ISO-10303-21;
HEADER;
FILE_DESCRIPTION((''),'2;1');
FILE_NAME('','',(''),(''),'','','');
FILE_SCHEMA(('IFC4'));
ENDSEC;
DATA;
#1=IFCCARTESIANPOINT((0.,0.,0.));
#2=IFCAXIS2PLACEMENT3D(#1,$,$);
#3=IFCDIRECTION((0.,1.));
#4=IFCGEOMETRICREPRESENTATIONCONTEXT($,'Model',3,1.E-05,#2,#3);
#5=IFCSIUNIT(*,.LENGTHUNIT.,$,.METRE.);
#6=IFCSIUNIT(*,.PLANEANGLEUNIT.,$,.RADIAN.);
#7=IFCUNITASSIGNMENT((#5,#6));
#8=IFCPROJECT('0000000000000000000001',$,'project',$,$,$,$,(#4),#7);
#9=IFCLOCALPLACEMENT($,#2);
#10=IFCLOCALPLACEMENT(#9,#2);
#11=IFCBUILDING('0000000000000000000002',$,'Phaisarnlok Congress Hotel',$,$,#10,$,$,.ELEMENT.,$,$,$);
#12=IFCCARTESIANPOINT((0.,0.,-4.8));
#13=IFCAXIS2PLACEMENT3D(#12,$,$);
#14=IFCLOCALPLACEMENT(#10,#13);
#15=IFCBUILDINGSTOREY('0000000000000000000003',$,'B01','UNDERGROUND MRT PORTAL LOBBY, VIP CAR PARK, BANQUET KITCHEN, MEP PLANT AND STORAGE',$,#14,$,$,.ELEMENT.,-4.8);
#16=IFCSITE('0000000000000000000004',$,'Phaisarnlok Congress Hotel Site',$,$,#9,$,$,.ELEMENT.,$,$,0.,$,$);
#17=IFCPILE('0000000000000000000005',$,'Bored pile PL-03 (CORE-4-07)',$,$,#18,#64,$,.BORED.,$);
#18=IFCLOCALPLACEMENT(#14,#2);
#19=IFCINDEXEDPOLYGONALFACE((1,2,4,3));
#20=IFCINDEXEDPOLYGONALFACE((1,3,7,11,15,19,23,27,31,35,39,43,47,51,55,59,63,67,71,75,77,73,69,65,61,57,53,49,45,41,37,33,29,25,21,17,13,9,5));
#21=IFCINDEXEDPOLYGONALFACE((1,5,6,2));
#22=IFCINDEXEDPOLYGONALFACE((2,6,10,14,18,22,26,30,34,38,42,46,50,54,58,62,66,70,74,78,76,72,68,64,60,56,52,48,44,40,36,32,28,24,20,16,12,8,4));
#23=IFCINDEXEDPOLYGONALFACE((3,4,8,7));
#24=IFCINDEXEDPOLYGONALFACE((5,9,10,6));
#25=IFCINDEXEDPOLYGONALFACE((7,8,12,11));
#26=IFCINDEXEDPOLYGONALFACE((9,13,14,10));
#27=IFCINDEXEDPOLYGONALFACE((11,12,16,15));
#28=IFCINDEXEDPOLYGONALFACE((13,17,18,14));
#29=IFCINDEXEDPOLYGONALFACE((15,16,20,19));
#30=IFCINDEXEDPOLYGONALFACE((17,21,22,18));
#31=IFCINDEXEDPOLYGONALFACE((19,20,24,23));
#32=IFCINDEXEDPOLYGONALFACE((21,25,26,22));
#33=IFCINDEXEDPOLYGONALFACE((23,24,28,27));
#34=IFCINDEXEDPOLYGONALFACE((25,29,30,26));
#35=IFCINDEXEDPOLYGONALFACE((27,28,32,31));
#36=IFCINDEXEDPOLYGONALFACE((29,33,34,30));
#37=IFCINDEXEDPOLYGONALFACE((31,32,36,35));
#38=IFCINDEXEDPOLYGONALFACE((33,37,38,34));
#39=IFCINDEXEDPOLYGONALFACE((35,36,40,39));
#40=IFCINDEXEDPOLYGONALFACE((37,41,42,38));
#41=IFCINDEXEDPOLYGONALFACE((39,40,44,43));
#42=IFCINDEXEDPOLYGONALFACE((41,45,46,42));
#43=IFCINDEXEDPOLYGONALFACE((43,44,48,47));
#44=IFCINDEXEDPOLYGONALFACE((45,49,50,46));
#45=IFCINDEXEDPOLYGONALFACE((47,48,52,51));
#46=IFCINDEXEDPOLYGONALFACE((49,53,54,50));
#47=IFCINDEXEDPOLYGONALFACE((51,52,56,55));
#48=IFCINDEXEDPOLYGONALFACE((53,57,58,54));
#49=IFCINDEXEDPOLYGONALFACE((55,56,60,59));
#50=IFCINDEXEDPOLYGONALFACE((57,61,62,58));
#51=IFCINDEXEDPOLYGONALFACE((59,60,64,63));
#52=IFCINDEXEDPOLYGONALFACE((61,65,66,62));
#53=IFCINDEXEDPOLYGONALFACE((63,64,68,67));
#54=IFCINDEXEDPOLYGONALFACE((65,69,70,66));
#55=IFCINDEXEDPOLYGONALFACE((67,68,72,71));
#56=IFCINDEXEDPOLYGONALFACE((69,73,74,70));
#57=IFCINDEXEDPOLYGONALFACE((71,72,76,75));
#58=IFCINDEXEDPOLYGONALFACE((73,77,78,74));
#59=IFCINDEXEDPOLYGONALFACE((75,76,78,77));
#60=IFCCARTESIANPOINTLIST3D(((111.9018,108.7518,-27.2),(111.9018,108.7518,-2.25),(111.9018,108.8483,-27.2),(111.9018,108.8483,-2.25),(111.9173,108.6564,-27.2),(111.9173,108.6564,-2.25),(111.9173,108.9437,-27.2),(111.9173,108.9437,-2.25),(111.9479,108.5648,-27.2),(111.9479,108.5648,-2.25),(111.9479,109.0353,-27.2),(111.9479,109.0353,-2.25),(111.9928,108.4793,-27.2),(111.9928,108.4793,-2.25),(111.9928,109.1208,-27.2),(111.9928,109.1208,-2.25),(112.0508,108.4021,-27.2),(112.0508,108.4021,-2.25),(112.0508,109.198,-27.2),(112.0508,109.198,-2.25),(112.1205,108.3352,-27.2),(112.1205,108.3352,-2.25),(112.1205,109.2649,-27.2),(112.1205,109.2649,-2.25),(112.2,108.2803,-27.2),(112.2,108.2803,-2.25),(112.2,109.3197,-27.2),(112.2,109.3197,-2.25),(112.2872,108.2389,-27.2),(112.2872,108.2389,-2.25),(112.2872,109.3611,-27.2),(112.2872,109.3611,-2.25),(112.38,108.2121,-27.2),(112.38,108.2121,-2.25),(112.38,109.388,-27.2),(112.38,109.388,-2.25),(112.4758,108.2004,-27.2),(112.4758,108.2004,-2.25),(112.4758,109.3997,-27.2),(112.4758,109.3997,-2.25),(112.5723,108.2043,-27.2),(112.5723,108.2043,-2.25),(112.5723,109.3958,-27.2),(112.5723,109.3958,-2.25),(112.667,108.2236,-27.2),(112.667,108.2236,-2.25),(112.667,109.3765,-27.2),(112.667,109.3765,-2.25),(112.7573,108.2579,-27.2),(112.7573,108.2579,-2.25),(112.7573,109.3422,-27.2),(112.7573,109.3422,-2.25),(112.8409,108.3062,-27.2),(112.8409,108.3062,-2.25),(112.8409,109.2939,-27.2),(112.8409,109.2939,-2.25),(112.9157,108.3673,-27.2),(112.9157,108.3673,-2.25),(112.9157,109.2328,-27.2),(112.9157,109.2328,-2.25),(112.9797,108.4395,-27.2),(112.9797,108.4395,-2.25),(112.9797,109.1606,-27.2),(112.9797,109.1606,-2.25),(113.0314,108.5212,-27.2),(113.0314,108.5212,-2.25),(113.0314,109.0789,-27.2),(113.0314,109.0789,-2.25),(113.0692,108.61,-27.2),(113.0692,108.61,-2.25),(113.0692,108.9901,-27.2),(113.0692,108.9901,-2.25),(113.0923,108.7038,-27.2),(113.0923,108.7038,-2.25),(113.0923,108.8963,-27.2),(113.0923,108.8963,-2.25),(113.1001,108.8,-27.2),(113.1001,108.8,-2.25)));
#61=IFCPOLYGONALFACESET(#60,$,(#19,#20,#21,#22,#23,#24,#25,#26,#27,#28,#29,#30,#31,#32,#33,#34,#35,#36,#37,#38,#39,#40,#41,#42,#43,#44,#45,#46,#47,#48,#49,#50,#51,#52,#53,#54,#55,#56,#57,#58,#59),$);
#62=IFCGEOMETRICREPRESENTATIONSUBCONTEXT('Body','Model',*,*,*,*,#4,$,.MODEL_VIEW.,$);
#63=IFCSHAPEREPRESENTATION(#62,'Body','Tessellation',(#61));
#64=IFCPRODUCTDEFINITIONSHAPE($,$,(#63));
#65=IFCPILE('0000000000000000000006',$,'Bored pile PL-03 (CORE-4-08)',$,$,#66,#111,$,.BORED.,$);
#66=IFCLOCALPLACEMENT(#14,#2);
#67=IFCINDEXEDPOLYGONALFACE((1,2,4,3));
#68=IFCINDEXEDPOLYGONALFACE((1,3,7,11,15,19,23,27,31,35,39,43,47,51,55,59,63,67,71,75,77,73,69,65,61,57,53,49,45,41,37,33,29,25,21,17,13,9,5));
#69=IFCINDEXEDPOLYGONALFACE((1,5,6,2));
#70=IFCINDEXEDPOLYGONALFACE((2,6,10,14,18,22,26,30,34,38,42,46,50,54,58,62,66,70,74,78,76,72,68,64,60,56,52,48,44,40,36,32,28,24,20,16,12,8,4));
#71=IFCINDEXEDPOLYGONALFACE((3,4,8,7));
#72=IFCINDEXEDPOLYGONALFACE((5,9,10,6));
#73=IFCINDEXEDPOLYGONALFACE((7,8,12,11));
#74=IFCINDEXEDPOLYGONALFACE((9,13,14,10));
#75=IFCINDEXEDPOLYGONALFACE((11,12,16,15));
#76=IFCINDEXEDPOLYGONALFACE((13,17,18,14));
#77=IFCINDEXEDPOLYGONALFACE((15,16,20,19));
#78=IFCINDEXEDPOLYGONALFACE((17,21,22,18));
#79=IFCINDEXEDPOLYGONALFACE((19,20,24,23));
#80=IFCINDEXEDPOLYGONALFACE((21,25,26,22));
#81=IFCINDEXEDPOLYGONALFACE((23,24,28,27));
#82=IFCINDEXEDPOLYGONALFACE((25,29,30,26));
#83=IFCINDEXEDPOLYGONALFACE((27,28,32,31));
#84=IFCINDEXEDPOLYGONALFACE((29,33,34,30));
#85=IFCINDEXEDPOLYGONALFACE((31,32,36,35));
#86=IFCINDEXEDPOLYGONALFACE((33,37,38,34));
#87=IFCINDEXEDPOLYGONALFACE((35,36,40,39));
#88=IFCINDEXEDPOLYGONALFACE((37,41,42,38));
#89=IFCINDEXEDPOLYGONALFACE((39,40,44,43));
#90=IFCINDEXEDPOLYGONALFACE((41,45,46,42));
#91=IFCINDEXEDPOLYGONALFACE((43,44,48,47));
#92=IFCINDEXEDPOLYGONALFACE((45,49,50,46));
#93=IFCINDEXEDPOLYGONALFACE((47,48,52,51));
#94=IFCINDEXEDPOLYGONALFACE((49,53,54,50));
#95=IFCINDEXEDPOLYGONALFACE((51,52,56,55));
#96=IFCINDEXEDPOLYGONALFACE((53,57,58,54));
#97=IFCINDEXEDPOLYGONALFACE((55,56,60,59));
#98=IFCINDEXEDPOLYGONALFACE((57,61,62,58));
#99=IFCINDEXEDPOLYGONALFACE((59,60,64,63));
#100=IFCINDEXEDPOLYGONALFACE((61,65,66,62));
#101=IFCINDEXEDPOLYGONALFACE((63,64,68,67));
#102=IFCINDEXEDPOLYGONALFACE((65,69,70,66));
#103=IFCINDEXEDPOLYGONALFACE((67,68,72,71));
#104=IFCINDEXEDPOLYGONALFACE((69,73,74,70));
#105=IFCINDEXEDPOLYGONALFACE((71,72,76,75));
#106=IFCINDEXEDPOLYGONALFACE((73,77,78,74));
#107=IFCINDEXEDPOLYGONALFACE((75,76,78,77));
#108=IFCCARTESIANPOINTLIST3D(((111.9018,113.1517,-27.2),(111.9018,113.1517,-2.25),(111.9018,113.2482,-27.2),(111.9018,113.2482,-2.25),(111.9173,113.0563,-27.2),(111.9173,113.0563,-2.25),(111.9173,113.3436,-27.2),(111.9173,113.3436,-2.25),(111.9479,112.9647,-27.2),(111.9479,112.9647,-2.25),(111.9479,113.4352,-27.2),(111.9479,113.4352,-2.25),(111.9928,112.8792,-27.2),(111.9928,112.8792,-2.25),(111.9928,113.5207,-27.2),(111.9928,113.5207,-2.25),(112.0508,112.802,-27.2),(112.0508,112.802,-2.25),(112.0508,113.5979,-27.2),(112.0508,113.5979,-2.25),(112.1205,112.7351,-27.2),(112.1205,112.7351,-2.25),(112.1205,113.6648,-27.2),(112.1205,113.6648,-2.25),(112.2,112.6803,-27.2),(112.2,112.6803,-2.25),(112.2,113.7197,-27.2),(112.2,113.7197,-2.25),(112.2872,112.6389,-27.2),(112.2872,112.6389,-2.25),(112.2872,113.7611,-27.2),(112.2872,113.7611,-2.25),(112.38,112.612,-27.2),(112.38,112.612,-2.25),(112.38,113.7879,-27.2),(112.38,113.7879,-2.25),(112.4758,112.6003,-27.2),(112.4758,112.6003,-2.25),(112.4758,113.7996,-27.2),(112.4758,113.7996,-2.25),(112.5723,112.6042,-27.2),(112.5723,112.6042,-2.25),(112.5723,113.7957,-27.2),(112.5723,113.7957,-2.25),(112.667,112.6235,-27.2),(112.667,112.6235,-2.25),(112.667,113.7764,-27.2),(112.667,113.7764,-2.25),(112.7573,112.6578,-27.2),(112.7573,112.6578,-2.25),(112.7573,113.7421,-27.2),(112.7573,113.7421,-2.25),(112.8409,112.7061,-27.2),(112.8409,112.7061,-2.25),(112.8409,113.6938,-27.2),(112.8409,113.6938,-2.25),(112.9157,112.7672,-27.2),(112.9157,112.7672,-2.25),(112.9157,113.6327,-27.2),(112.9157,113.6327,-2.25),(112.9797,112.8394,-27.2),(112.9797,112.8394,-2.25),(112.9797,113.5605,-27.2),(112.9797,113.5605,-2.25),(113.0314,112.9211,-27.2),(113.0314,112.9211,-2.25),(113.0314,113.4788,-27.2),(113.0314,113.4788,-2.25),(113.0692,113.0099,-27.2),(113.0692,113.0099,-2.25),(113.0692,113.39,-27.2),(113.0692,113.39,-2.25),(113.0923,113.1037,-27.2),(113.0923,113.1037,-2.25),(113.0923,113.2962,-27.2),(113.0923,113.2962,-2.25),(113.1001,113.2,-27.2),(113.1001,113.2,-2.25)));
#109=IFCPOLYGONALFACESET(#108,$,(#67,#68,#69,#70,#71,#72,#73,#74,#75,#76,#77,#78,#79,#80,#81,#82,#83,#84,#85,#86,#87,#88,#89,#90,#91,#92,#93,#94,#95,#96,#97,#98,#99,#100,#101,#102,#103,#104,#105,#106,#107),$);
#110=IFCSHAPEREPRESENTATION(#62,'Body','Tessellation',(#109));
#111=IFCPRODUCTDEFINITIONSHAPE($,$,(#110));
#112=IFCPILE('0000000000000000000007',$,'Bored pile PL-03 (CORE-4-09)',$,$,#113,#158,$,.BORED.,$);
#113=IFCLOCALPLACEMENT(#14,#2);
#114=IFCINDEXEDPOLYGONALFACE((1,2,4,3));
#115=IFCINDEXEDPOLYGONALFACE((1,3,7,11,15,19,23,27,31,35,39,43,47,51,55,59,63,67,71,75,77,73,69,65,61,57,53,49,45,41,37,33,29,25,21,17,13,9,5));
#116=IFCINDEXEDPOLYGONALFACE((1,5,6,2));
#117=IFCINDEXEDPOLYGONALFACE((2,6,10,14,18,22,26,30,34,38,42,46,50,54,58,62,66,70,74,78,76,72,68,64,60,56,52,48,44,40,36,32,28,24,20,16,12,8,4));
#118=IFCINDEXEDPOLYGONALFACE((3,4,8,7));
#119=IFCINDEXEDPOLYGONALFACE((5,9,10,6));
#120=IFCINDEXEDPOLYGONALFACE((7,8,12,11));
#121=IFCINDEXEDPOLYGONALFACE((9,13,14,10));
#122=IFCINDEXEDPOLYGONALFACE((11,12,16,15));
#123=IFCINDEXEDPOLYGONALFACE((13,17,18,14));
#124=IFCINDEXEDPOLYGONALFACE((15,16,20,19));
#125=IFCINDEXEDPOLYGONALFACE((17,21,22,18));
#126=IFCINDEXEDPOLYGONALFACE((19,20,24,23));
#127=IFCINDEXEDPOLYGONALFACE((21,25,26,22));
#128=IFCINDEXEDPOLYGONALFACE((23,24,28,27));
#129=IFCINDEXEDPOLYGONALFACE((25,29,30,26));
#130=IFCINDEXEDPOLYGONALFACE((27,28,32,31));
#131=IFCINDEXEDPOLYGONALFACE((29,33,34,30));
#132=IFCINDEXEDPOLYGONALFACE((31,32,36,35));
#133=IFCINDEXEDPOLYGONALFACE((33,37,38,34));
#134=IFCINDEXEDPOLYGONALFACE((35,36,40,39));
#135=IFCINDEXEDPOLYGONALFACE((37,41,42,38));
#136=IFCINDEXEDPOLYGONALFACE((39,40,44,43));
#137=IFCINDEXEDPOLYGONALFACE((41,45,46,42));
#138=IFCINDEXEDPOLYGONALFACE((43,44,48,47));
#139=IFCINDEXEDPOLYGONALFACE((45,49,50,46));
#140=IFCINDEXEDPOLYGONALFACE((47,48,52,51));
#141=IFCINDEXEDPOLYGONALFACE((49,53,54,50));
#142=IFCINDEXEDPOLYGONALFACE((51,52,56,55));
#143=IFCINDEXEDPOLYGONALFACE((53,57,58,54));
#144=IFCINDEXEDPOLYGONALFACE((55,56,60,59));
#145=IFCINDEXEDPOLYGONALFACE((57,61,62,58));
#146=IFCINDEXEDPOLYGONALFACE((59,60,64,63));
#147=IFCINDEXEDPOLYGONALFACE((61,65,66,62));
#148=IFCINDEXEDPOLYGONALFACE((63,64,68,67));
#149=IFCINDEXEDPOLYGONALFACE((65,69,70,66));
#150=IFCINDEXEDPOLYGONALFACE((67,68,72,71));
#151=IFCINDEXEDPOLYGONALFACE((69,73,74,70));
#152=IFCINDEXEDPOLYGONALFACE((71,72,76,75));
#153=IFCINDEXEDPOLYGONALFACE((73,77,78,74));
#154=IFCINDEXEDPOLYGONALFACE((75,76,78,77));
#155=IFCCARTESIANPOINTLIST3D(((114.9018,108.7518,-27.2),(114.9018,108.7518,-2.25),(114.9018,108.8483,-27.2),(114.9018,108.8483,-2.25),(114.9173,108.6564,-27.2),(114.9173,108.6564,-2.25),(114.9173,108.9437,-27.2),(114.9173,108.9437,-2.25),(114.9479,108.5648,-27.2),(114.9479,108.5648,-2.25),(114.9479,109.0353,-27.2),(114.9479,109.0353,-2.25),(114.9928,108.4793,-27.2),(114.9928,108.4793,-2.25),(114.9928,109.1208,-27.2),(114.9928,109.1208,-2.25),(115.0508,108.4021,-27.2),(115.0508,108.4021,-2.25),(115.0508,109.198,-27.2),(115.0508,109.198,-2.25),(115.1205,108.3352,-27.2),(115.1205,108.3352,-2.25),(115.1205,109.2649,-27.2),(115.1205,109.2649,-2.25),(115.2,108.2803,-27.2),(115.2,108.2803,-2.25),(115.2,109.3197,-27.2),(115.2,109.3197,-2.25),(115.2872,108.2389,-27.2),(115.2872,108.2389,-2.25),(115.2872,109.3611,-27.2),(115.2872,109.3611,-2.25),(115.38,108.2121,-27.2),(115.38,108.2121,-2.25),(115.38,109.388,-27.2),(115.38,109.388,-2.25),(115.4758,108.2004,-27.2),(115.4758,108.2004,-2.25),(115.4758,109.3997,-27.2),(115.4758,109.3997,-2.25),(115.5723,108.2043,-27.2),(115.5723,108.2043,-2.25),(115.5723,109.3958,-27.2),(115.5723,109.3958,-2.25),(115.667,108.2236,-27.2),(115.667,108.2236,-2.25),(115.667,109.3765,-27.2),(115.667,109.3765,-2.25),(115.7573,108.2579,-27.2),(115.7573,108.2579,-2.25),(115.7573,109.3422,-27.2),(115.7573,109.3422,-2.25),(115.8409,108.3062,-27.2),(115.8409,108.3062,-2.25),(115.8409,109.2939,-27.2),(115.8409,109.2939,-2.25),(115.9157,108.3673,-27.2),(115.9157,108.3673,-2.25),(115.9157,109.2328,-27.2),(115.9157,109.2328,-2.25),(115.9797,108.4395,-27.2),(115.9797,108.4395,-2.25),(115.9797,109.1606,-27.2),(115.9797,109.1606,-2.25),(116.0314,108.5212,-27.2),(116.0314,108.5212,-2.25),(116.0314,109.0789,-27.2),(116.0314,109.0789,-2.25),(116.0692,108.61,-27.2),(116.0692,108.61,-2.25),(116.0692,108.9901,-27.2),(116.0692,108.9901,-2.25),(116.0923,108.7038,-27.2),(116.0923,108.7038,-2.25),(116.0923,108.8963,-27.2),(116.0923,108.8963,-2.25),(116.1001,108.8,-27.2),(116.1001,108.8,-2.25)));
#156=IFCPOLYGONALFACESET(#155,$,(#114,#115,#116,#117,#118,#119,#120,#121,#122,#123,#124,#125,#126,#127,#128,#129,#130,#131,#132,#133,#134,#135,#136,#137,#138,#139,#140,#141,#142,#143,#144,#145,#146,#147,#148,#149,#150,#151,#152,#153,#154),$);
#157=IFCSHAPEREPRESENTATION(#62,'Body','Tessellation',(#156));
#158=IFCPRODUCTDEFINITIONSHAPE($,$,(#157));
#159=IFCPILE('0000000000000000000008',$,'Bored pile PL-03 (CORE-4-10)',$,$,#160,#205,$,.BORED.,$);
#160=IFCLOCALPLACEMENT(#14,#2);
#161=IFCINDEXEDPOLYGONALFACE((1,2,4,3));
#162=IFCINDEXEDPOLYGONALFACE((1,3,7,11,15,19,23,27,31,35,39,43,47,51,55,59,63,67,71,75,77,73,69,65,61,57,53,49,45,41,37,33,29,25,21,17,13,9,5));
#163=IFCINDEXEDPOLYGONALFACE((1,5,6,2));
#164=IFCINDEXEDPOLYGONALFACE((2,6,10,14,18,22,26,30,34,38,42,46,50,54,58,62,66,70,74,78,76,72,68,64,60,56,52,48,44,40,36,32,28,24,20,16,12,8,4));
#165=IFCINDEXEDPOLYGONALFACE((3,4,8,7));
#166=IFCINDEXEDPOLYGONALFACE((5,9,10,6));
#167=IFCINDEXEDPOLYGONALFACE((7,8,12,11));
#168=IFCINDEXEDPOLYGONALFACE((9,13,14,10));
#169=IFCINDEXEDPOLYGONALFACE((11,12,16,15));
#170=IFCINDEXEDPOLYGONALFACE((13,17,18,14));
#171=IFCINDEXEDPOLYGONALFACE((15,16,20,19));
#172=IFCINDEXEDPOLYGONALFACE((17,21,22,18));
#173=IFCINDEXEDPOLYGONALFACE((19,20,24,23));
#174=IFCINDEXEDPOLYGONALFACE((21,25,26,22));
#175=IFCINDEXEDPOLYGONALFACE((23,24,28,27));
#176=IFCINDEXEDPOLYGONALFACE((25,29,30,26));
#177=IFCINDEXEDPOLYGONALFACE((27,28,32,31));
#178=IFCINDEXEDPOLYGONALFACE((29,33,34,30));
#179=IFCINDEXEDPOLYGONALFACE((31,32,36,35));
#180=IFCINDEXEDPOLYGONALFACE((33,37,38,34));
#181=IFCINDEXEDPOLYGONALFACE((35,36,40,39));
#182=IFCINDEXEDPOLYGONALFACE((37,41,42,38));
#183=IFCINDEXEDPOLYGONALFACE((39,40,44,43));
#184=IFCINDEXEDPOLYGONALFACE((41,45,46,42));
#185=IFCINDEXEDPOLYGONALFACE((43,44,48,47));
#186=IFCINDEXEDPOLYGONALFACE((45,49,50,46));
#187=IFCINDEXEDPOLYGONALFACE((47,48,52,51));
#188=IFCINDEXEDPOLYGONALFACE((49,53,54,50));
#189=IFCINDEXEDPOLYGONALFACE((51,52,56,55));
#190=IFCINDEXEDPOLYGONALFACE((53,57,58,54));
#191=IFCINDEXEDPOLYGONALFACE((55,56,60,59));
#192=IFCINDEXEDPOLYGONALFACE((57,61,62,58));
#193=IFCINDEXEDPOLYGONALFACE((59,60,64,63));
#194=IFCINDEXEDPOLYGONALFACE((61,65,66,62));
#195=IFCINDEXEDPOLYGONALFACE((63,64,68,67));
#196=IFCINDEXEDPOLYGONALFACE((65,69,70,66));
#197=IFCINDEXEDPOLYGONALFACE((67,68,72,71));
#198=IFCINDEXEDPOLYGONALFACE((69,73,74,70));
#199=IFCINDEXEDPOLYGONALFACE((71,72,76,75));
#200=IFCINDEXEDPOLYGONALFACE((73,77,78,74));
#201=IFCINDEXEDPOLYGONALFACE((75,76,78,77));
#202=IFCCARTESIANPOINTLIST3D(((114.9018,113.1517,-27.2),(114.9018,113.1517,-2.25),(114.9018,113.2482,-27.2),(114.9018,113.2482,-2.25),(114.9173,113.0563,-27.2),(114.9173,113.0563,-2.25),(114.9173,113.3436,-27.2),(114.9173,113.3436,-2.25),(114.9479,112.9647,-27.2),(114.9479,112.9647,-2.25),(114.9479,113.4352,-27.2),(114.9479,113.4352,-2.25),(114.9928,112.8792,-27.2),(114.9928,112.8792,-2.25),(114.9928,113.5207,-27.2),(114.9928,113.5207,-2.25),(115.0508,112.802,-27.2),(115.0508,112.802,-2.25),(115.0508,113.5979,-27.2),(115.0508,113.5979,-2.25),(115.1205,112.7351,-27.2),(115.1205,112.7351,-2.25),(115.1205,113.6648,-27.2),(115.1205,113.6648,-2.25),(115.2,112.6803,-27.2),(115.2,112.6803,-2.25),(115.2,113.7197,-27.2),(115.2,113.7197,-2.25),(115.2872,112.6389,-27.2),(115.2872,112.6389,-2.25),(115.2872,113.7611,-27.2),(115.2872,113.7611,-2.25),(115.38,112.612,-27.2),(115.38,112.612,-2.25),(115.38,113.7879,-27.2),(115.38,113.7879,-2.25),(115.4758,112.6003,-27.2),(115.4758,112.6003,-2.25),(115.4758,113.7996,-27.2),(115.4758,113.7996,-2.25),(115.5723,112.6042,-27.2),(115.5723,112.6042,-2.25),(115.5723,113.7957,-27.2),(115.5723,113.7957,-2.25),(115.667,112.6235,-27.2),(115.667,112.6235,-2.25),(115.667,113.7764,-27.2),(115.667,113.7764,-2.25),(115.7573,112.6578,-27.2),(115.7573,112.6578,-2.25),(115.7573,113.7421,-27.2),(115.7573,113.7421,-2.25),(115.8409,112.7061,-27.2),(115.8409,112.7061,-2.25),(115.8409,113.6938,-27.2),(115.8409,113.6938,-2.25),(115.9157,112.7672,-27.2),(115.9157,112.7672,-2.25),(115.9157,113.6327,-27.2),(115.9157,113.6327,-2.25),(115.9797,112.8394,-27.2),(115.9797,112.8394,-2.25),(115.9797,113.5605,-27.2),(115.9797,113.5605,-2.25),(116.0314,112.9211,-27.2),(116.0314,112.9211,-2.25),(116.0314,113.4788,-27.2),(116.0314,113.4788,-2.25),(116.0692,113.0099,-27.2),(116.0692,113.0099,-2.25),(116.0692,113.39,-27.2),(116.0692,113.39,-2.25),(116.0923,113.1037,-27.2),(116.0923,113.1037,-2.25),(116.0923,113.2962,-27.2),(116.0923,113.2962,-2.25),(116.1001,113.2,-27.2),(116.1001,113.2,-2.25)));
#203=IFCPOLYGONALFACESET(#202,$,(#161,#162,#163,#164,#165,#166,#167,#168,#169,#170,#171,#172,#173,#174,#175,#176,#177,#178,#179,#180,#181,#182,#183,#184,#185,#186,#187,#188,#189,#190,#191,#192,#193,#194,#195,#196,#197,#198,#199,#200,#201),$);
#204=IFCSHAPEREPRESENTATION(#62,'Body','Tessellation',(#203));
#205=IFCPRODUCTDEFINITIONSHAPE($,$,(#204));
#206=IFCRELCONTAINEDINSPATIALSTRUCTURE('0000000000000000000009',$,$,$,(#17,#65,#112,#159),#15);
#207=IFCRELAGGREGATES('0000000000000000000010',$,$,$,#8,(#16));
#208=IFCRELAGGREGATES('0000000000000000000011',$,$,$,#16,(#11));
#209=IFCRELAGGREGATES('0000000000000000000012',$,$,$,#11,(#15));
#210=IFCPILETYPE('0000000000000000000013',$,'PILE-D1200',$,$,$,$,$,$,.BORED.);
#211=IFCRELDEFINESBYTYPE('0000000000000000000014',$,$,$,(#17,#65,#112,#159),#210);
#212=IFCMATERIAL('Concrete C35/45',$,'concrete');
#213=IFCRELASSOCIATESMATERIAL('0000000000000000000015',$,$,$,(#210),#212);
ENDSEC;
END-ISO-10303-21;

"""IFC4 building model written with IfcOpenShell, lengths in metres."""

from ifc_helpers import new_model, si_unit, direction, frame, origin, origin_2d, place, context, subcontext, project, spatial, circle, extrude, material, material_profile, profile_set, type_object, element, save


model = new_model("IFC4")

# Units and contexts
model_context = context("Model", 3, precision=1e-05, world=origin(), true_north=direction((0.0, 1.0)))
body_context = subcontext(model_context, "Body", "Model", "MODEL_VIEW")
ifc_project = project(units=[si_unit("LENGTHUNIT", "METRE"), si_unit("PLANEANGLEUNIT", "RADIAN")], contexts=[model_context])

# Site, building, storey
site_placement = place(None, origin())
site = spatial("IfcSite", under=ifc_project, at=site_placement, Name="Phaisarnlok Congress Hotel Site", CompositionType="ELEMENT", RefElevation=0.0)
building_placement = place(site_placement, origin())
building = spatial("IfcBuilding", under=site, at=building_placement, Name="Phaisarnlok Congress Hotel", CompositionType="ELEMENT")
storey_placement = place(building_placement, frame((0.0, 0.0, -4.8)))
storey = spatial("IfcBuildingStorey", under=building, at=storey_placement, Name="B01", Description="UNDERGROUND MRT PORTAL LOBBY, VIP CAR PARK, BANQUET KITCHEN, MEP PLANT AND STORAGE", CompositionType="ELEMENT", Elevation=-4.8)

# Piles
ifc_material_1 = material(Name="Concrete C35/45", Category="concrete")
ifc_material_profile_1 = material_profile(ifc_material_1, circle(Radius=0.6001, at=origin_2d()), Name="BORED PILE D1200")
ifc_profile_set_1 = profile_set([ifc_material_profile_1], Name="Concrete C35/45")
pile_type = type_object("IfcPileType", Name="PILE-D1200", PredefinedType="BORED", material=ifc_profile_set_1)
for number, where, z_axis, x_axis, name in (
    (1, (112.5, 108.8, -2.25), (0.0, 0.0, -1.0), (1.0, 0.0, 0.0), "Bored pile PL-03 (CORE-4-07)"),
    (2, (112.5, 113.2, -2.25), (0.0, 0.0, -1.0), (1.0, 0.0, 0.0), "Bored pile PL-03 (CORE-4-08)"),
    (3, (115.5, 108.8, -2.25), (0.0, 0.0, -1.0), (1.0, 0.0, 0.0), "Bored pile PL-03 (CORE-4-09)"),
    (4, (115.5, 113.2, -2.25), (0.0, 0.0, -1.0), (1.0, 0.0, 0.0), "Bored pile PL-03 (CORE-4-10)"),
):
    element("IfcPile", number, at=place(storey_placement, frame(where, z_axis=z_axis, x_axis=x_axis)), inside=storey, type_object=pile_type, Name=name, PredefinedType="BORED", context=body_context, shape_type="SweptSolid", body=[
        extrude(circle(Radius=0.6001, at=origin_2d()), origin(), (0.0, 0.0, 1.0), 24.95),
    ])

save(model, "model.ifc")
